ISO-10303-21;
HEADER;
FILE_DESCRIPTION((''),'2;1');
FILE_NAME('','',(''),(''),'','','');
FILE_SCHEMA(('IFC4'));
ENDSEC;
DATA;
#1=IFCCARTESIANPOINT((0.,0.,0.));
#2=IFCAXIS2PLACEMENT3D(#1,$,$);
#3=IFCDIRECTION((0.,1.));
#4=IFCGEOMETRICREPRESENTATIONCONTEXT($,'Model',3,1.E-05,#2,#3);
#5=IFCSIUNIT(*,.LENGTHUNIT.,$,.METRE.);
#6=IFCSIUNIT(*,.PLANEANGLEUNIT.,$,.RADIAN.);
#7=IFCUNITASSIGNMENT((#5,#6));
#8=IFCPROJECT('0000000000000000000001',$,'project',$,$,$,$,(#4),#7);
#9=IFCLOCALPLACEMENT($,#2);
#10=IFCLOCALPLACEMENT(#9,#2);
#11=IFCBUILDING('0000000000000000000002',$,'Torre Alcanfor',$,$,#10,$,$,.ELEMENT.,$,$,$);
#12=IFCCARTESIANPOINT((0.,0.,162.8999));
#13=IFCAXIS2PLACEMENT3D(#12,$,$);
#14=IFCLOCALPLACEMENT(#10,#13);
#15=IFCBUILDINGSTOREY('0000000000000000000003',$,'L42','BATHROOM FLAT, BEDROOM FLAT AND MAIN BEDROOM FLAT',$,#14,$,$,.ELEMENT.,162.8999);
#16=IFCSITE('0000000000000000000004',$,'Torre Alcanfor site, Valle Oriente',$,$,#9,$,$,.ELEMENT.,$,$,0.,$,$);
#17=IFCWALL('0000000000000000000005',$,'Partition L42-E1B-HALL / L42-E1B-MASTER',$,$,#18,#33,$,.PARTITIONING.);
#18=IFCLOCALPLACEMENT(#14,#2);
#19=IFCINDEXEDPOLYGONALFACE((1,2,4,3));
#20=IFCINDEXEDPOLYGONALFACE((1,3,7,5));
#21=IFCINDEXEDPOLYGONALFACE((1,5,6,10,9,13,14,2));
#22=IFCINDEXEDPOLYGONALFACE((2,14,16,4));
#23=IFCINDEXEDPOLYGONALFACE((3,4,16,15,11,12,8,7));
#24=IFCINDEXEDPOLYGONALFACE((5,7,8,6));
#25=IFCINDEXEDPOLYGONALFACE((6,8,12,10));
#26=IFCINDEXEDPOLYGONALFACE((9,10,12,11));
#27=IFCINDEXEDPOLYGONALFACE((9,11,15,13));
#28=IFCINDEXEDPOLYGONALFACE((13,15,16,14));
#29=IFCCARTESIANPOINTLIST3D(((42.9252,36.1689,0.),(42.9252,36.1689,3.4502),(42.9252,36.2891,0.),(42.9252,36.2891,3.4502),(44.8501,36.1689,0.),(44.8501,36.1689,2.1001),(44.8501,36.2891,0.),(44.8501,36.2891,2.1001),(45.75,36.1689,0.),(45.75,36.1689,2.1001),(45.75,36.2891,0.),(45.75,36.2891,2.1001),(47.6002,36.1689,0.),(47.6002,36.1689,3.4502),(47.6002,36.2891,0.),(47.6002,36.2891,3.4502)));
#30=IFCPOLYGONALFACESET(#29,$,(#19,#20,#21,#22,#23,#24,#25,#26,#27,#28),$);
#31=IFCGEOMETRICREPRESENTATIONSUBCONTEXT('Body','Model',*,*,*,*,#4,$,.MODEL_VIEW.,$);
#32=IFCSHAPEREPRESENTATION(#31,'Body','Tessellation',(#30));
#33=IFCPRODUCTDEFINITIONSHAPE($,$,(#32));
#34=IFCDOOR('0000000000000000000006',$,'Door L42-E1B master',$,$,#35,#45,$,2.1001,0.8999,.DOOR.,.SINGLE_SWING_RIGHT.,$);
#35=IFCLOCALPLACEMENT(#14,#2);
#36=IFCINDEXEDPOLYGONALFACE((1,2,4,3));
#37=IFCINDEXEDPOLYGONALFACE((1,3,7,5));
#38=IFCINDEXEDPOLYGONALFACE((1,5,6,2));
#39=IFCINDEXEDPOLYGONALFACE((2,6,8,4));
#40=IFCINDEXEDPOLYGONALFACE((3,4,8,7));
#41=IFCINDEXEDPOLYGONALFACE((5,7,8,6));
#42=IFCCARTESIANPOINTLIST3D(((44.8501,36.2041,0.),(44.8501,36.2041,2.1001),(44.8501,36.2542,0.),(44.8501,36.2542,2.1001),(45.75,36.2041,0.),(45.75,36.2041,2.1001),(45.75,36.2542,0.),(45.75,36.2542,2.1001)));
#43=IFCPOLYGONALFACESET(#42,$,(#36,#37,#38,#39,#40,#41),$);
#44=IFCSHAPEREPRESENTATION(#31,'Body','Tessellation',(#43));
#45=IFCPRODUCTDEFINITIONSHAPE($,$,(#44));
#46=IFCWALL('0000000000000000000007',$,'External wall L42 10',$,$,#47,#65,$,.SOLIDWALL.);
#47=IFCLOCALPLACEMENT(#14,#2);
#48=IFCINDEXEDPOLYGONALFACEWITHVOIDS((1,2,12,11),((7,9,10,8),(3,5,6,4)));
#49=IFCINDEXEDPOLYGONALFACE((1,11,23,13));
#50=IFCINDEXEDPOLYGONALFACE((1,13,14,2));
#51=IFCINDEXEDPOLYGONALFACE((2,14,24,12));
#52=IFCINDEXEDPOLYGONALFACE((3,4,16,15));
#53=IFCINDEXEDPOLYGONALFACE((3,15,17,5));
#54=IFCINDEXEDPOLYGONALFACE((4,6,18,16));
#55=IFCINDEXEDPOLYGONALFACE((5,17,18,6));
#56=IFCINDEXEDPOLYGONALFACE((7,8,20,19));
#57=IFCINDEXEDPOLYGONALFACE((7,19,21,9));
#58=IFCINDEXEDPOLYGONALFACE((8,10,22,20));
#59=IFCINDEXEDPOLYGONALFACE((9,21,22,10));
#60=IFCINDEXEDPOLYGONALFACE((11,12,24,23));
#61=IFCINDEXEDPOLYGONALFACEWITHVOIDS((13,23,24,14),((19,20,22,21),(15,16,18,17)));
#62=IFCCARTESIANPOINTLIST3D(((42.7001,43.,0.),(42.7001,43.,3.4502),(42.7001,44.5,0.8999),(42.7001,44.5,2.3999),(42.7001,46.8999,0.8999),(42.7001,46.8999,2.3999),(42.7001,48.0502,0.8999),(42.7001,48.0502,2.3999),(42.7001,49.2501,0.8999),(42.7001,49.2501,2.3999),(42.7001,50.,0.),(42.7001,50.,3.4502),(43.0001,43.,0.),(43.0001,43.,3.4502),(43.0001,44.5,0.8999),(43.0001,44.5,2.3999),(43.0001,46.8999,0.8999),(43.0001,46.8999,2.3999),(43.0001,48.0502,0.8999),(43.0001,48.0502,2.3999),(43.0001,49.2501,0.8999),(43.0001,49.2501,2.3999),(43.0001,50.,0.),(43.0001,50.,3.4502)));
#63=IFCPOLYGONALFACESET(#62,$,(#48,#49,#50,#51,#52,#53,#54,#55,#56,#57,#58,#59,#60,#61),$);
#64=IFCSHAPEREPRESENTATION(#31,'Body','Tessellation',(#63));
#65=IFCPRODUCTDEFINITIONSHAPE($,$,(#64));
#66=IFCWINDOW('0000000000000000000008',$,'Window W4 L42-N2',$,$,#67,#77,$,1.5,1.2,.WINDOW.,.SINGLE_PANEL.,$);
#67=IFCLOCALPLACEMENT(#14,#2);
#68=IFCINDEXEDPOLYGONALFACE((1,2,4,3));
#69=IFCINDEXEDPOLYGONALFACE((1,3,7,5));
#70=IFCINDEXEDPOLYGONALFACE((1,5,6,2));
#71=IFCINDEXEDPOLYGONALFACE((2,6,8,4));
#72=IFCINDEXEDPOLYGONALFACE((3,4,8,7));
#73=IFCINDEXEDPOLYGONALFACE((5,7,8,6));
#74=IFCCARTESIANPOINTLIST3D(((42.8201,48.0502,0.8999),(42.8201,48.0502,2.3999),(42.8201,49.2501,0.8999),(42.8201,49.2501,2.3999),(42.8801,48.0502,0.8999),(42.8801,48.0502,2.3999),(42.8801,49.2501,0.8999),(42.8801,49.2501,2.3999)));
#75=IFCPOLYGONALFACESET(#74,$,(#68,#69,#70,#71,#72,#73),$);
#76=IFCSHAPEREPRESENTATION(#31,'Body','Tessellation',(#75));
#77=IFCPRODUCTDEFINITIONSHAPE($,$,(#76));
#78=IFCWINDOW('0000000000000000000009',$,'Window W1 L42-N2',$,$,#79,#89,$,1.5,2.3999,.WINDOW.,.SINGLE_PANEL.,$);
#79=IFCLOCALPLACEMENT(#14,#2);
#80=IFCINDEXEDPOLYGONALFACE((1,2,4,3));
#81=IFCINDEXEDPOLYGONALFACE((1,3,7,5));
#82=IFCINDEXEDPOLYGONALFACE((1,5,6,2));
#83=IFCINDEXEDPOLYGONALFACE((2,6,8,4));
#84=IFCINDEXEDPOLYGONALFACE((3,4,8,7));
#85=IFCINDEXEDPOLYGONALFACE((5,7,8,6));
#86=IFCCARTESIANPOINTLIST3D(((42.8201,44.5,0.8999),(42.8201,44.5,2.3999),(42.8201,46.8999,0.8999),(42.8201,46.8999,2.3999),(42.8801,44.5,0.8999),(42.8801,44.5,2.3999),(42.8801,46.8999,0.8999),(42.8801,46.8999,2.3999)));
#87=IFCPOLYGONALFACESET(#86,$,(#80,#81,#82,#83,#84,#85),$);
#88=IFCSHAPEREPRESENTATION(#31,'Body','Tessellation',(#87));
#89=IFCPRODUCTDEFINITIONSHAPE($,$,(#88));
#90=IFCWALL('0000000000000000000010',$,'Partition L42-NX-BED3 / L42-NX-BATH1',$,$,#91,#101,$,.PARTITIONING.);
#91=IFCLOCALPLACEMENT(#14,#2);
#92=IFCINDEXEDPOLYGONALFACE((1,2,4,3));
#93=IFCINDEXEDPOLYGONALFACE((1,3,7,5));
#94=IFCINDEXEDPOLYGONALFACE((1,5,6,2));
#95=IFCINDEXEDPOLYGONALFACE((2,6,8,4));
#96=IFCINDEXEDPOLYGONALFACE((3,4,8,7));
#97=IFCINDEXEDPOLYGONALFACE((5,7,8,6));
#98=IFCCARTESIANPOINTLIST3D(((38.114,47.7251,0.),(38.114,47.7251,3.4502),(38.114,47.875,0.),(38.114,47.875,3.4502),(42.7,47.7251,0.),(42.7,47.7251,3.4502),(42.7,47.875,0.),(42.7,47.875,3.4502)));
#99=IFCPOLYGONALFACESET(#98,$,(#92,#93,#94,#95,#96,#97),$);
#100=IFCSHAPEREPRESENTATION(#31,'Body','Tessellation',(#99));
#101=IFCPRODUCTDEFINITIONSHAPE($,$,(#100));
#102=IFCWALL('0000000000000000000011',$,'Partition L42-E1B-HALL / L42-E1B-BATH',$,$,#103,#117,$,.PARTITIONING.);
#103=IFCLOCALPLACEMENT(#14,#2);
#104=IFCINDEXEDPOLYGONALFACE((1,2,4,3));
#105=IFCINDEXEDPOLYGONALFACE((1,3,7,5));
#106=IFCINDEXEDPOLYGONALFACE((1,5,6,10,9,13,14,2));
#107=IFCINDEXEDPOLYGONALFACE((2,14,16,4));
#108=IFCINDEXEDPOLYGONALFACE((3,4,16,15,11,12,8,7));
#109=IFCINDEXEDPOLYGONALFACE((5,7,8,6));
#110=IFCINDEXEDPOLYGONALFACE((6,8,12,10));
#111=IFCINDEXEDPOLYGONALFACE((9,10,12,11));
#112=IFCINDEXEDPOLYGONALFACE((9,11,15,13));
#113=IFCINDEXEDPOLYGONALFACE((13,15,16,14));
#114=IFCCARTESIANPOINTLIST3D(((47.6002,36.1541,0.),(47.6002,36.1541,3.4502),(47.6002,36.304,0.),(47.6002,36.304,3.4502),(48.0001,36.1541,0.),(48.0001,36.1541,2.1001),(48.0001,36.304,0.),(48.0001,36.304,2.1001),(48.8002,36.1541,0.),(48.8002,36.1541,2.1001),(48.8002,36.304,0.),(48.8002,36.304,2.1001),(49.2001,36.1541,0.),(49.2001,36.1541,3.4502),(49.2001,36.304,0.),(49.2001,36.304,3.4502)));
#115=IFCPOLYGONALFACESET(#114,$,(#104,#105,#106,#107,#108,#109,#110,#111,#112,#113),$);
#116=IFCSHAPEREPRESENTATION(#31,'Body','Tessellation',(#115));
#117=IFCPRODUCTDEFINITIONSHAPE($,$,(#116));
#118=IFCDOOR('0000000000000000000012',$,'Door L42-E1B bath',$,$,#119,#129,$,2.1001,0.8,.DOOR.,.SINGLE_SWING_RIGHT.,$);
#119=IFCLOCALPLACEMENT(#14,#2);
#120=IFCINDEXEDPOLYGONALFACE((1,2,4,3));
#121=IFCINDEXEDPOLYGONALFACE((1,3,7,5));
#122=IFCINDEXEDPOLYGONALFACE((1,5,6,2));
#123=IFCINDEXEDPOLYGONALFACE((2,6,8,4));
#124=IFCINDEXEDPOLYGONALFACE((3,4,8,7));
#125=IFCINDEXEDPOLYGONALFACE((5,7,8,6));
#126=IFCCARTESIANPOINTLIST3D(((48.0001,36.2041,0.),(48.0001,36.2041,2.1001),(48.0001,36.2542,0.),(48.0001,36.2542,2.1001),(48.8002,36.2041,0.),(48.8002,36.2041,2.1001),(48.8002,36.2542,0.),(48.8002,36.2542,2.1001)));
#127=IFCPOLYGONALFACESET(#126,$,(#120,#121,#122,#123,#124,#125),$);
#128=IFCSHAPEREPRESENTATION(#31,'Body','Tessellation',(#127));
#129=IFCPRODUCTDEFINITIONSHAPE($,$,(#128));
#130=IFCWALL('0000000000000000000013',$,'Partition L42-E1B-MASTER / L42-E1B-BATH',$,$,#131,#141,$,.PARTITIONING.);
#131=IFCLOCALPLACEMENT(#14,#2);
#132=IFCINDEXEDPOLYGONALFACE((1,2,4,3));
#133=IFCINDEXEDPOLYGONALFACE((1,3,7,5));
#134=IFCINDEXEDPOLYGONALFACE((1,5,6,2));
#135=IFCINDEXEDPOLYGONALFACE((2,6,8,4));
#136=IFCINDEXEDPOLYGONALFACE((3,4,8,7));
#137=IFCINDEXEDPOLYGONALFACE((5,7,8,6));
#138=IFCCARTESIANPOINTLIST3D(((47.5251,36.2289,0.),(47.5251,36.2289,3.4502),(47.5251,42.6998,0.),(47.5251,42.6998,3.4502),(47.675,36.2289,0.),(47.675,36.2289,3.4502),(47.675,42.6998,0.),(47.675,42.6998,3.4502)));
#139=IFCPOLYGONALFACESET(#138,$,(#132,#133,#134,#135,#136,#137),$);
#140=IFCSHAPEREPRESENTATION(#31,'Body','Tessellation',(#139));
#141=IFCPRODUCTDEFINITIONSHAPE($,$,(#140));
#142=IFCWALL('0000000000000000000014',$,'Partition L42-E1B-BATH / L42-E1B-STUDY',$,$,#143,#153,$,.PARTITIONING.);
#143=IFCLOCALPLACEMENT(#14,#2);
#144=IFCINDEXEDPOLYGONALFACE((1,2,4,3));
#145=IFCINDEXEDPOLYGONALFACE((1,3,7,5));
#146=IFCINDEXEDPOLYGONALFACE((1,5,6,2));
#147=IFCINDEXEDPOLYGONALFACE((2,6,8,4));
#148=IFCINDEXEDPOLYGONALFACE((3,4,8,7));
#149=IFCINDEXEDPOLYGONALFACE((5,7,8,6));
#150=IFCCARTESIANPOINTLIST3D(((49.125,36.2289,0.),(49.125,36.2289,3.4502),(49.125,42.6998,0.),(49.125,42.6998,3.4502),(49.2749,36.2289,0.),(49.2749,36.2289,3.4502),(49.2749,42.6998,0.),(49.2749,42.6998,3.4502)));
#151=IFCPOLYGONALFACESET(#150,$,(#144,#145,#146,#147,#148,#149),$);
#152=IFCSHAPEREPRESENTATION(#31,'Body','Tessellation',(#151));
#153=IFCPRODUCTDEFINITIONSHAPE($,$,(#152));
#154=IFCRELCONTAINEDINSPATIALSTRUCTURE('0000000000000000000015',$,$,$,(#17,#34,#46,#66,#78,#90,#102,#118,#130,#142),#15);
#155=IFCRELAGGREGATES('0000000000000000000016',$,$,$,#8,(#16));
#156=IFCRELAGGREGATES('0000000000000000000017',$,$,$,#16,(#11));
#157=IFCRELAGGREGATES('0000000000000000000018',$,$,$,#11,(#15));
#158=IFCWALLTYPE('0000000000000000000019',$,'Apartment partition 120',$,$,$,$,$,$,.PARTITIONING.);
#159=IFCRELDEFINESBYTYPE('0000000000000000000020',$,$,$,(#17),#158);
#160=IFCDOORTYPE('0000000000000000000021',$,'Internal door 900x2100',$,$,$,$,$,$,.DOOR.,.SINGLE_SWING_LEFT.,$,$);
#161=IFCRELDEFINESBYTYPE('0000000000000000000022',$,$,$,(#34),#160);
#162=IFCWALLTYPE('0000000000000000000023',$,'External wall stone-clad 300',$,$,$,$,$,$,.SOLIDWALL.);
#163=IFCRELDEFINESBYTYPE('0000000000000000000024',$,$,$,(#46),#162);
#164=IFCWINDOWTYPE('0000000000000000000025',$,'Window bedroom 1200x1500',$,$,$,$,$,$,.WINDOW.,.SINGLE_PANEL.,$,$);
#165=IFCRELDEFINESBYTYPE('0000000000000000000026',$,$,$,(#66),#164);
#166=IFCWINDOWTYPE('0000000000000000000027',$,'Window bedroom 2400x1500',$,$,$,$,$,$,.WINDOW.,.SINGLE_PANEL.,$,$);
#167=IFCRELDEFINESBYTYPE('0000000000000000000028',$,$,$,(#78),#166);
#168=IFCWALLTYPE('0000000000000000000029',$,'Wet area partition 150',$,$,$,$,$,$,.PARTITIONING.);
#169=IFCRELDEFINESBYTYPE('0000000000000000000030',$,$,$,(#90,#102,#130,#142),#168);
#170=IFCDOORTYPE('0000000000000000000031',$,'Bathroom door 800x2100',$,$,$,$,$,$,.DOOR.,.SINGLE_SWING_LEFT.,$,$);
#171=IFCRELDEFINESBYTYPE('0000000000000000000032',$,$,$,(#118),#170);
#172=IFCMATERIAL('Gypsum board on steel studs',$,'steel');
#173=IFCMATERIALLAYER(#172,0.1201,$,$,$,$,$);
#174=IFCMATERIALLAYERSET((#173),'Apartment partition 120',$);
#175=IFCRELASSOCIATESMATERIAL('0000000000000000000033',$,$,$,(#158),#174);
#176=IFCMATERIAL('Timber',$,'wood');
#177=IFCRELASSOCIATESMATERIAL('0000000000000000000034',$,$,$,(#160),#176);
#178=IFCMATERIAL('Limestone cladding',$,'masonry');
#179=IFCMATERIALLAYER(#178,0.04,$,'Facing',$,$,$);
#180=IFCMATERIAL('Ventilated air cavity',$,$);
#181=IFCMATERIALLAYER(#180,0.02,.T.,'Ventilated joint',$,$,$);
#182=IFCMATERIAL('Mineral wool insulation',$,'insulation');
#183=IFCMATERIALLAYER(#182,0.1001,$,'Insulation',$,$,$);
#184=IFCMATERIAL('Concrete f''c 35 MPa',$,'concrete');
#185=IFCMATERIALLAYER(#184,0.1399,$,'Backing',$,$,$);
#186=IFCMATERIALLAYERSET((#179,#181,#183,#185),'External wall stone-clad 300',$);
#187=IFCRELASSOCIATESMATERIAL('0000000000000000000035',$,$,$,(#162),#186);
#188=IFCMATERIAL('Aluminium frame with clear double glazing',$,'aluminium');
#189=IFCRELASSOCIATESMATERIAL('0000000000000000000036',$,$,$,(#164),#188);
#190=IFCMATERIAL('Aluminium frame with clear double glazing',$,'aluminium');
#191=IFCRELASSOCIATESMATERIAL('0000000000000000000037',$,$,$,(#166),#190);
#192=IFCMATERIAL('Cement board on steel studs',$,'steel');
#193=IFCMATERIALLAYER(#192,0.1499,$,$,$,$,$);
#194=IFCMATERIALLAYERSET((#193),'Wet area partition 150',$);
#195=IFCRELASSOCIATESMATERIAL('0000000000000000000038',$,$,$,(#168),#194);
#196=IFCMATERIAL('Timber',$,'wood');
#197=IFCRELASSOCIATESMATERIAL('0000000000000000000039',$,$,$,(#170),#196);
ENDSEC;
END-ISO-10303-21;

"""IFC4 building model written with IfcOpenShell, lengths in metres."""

from ifc_helpers import new_model, si_unit, direction, frame, frame_2d, origin, place, context, subcontext, project, spatial, rectangle, extrude, material, layer, layer_set, type_object, element, fill, save


model = new_model("IFC4")

# Units and contexts
model_context = context("Model", 3, precision=1e-05, world=origin(), true_north=direction((0.0, 1.0)))
body_context = subcontext(model_context, "Body", "Model", "MODEL_VIEW")
ifc_project = project(units=[si_unit("LENGTHUNIT", "METRE"), si_unit("PLANEANGLEUNIT", "RADIAN")], contexts=[model_context])

# Site, building, storey
site_placement = place(None, origin())
site = spatial("IfcSite", under=ifc_project, at=site_placement, Name="Torre Alcanfor site, Valle Oriente", CompositionType="ELEMENT", RefElevation=0.0)
building_placement = place(site_placement, origin())
building = spatial("IfcBuilding", under=site, at=building_placement, Name="Torre Alcanfor", CompositionType="ELEMENT")
storey_placement = place(building_placement, frame((0.0, 0.0, 162.8999)))
storey = spatial("IfcBuildingStorey", under=building, at=storey_placement, Name="L42", Description="BATHROOM FLAT, BEDROOM FLAT AND MAIN BEDROOM FLAT", CompositionType="ELEMENT", Elevation=162.8999)

# Wall, opening, door
ifc_material_1 = material(Name="Gypsum board on steel studs", Category="steel")
ifc_layer_1 = layer(ifc_material_1, 0.1201)
ifc_layer_set_1 = layer_set([ifc_layer_1], Name="Apartment partition 120")
wall_type_1 = type_object("IfcWallType", Name="Apartment partition 120", PredefinedType="PARTITIONING", material=ifc_layer_set_1)
wall_1_placement = place(storey_placement, frame((47.6001, 36.229, 0.0), z_axis=(0.0, 0.0, 1.0), x_axis=(-1.0, 0.0, 0.0)))
wall_1 = element("IfcWall", 1, at=wall_1_placement, inside=storey, type_object=wall_type_1, Name="Partition L42-E1B-HALL / L42-E1B-MASTER", PredefinedType="PARTITIONING", context=body_context, shape_type="SweptSolid", body=[
    extrude(rectangle(XDim=4.675, YDim=0.1201, at=frame_2d((2.3374, 0.0))), origin(), (0.0, 0.0, 1.0), 3.4502),
])
opening_1_placement = place(wall_1_placement, frame((1.8501, 0.0, 0.0)))
opening_1 = element("IfcOpeningElement", 2, at=opening_1_placement, cuts=wall_1, PredefinedType="OPENING", context=body_context, shape_type="SweptSolid", body=[
    extrude(rectangle(XDim=0.8999, YDim=2.1001, at=frame_2d((0.45, 1.05))), frame((0.0, 0.0701, 0.0), z_axis=(0.0, -1.0, 0.0), x_axis=(1.0, 0.0, 0.0)), (0.0, 0.0, 1.0), 0.1401),
])
ifc_material_2 = material(Name="Timber", Category="wood")
door_type_1 = type_object("IfcDoorType", Name="Internal door 900x2100", OperationType="SINGLE_SWING_LEFT", PredefinedType="DOOR", material=ifc_material_2)
door_1_placement = place(opening_1_placement, frame((0.8999, 0.0, 0.0), z_axis=(0.0, 0.0, 1.0), x_axis=(-1.0, 0.0, 0.0)))
door_1 = element("IfcDoor", 3, at=door_1_placement, inside=storey, type_object=door_type_1, Name="Door L42-E1B master", OperationType="SINGLE_SWING_RIGHT", OverallHeight=2.1001, OverallWidth=0.8999, PredefinedType="DOOR", context=body_context, shape_type="SweptSolid", body=[
    extrude(rectangle(XDim=0.8999, YDim=2.1001, at=frame_2d((0.45, 1.05))), frame((0.0, 0.0251, 0.0), z_axis=(0.0, -1.0, 0.0), x_axis=(1.0, 0.0, 0.0)), (0.0, 0.0, 1.0), 0.05),
])
fill(opening_1, door_1)

# Wall, openings, windows
ifc_material_3 = material(Name="Limestone cladding", Category="masonry")
ifc_layer_2 = layer(ifc_material_3, 0.04, Name="Facing")
ifc_material_4 = material(Name="Ventilated air cavity")
ifc_layer_3 = layer(ifc_material_4, 0.02, ventilated=True, Name="Ventilated joint")
ifc_material_5 = material(Name="Mineral wool insulation", Category="insulation")
ifc_layer_4 = layer(ifc_material_5, 0.1001, Name="Insulation")
ifc_material_6 = material(Name="Concrete f'c 35 MPa", Category="concrete")
ifc_layer_5 = layer(ifc_material_6, 0.1399, Name="Backing")
ifc_layer_set_2 = layer_set([ifc_layer_2, ifc_layer_3, ifc_layer_4, ifc_layer_5], Name="External wall stone-clad 300")
wall_type_2 = type_object("IfcWallType", Name="External wall stone-clad 300", PredefinedType="SOLIDWALL", material=ifc_layer_set_2)
wall_2_placement = place(storey_placement, frame((42.8501, 43.0, 0.0), z_axis=(0.0, 0.0, 1.0), x_axis=(0.0, 1.0, 0.0)))
wall_2 = element("IfcWall", 4, at=wall_2_placement, inside=storey, type_object=wall_type_2, Name="External wall L42 10", PredefinedType="SOLIDWALL", context=body_context, shape_type="SweptSolid", body=[
    extrude(rectangle(XDim=7.0, YDim=0.3, at=frame_2d((3.5, 0.0))), origin(), (0.0, 0.0, 1.0), 3.4502),
])
opening_2_placement = place(wall_2_placement, frame((1.5, 0.0, 0.8999)))
opening_2 = element("IfcOpeningElement", 5, at=opening_2_placement, cuts=wall_2, PredefinedType="OPENING", context=body_context, shape_type="SweptSolid", body=[
    extrude(rectangle(XDim=2.3999, YDim=1.5, at=frame_2d((1.2, 0.75))), frame((0.0, 0.1599, 0.0), z_axis=(0.0, -1.0, 0.0), x_axis=(1.0, 0.0, 0.0)), (0.0, 0.0, 1.0), 0.3201),
])
opening_3_placement = place(wall_2_placement, frame((5.05, 0.0, 0.8999)))
opening_3 = element("IfcOpeningElement", 6, at=opening_3_placement, cuts=wall_2, PredefinedType="OPENING", context=body_context, shape_type="SweptSolid", body=[
    extrude(rectangle(XDim=1.2, YDim=1.5, at=frame_2d((0.6001, 0.75))), frame((0.0, 0.1599, 0.0), z_axis=(0.0, -1.0, 0.0), x_axis=(1.0, 0.0, 0.0)), (0.0, 0.0, 1.0), 0.3201),
])
ifc_material_7 = material(Name="Aluminium frame with clear double glazing", Category="aluminium")
window_type_1 = type_object("IfcWindowType", Name="Window bedroom 1200x1500", PartitioningType="SINGLE_PANEL", PredefinedType="WINDOW", material=ifc_material_7)
window_1_placement = place(opening_3_placement, origin())
window_1 = element("IfcWindow", 7, at=window_1_placement, inside=storey, type_object=window_type_1, Name="Window W4 L42-N2", OverallHeight=1.5, OverallWidth=1.2, PartitioningType="SINGLE_PANEL", PredefinedType="WINDOW", context=body_context, shape_type="SweptSolid", body=[
    extrude(rectangle(XDim=1.2, YDim=1.5, at=frame_2d((0.6001, 0.75))), frame((0.0, 0.03, 0.0), z_axis=(0.0, -1.0, 0.0), x_axis=(1.0, 0.0, 0.0)), (0.0, 0.0, 1.0), 0.0601),
])
fill(opening_3, window_1)
ifc_material_8 = material(Name="Aluminium frame with clear double glazing", Category="aluminium")
window_type_2 = type_object("IfcWindowType", Name="Window bedroom 2400x1500", PartitioningType="SINGLE_PANEL", PredefinedType="WINDOW", material=ifc_material_8)
window_2_placement = place(opening_2_placement, origin())
window_2 = element("IfcWindow", 8, at=window_2_placement, inside=storey, type_object=window_type_2, Name="Window W1 L42-N2", OverallHeight=1.5, OverallWidth=2.3999, PartitioningType="SINGLE_PANEL", PredefinedType="WINDOW", context=body_context, shape_type="SweptSolid", body=[
    extrude(rectangle(XDim=2.3999, YDim=1.5, at=frame_2d((1.2, 0.75))), frame((0.0, 0.03, 0.0), z_axis=(0.0, -1.0, 0.0), x_axis=(1.0, 0.0, 0.0)), (0.0, 0.0, 1.0), 0.0601),
])
fill(opening_2, window_2)

# Wall
ifc_material_9 = material(Name="Cement board on steel studs", Category="steel")
ifc_layer_6 = layer(ifc_material_9, 0.1499)
ifc_layer_set_3 = layer_set([ifc_layer_6], Name="Wet area partition 150")
wall_type_3 = type_object("IfcWallType", Name="Wet area partition 150", PredefinedType="PARTITIONING", material=ifc_layer_set_3)
wall_3_placement = place(storey_placement, frame((42.7, 47.8, 0.0), z_axis=(0.0, 0.0, 1.0), x_axis=(-1.0, 0.0, 0.0)))
element("IfcWall", 9, at=wall_3_placement, inside=storey, type_object=wall_type_3, Name="Partition L42-NX-BED3 / L42-NX-BATH1", PredefinedType="PARTITIONING", context=body_context, shape_type="SweptSolid", body=[
    extrude(rectangle(XDim=4.5859, YDim=0.1499, at=frame_2d((2.293, 0.0))), origin(), (0.0, 0.0, 1.0), 3.4502),
])

# Wall, opening, door
wall_4_placement = place(storey_placement, frame((49.2, 36.229, 0.0), z_axis=(0.0, 0.0, 1.0), x_axis=(-1.0, 0.0, 0.0)))
wall_4 = element("IfcWall", 10, at=wall_4_placement, inside=storey, type_object=wall_type_3, Name="Partition L42-E1B-HALL / L42-E1B-BATH", PredefinedType="PARTITIONING", context=body_context, shape_type="SweptSolid", body=[
    extrude(rectangle(XDim=1.5999, YDim=0.1499, at=frame_2d((0.7998, 0.0))), origin(), (0.0, 0.0, 1.0), 3.4502),
])
opening_4_placement = place(wall_4_placement, frame((0.3999, 0.0, 0.0)))
opening_4 = element("IfcOpeningElement", 11, at=opening_4_placement, cuts=wall_4, PredefinedType="OPENING", context=body_context, shape_type="SweptSolid", body=[
    extrude(rectangle(XDim=0.8, YDim=2.1001, at=frame_2d((0.3999, 1.05))), frame((0.0, 0.085, 0.0), z_axis=(0.0, -1.0, 0.0), x_axis=(1.0, 0.0, 0.0)), (0.0, 0.0, 1.0), 0.1699),
])
ifc_material_10 = material(Name="Timber", Category="wood")
door_type_2 = type_object("IfcDoorType", Name="Bathroom door 800x2100", OperationType="SINGLE_SWING_LEFT", PredefinedType="DOOR", material=ifc_material_10)
door_2_placement = place(opening_4_placement, frame((0.8, 0.0, 0.0), z_axis=(0.0, 0.0, 1.0), x_axis=(-1.0, 0.0, 0.0)))
door_2 = element("IfcDoor", 12, at=door_2_placement, inside=storey, type_object=door_type_2, Name="Door L42-E1B bath", OperationType="SINGLE_SWING_RIGHT", OverallHeight=2.1001, OverallWidth=0.8, PredefinedType="DOOR", context=body_context, shape_type="SweptSolid", body=[
    extrude(rectangle(XDim=0.8, YDim=2.1001, at=frame_2d((0.4001, 1.05))), frame((0.0, 0.0251, 0.0), z_axis=(0.0, -1.0, 0.0), x_axis=(1.0, 0.0, 0.0)), (0.0, 0.0, 1.0), 0.05),
])
fill(opening_4, door_2)

# Walls
for number, where, z_axis, x_axis, name in (
    (13, (47.6001, 36.229, 0.0), (0.0, 0.0, 1.0), (0.0, 1.0, 0.0), "Partition L42-E1B-MASTER / L42-E1B-BATH"),
    (14, (49.2, 36.229, 0.0), (0.0, 0.0, 1.0), (0.0, 1.0, 0.0), "Partition L42-E1B-BATH / L42-E1B-STUDY"),
):
    element("IfcWall", number, at=place(storey_placement, frame(where, z_axis=z_axis, x_axis=x_axis)), inside=storey, type_object=wall_type_3, Name=name, PredefinedType="PARTITIONING", context=body_context, shape_type="SweptSolid", body=[
        extrude(rectangle(XDim=6.4709, YDim=0.1499, at=frame_2d((3.2354, 0.0))), origin(), (0.0, 0.0, 1.0), 3.4502),
    ])

save(model, "model.ifc")
